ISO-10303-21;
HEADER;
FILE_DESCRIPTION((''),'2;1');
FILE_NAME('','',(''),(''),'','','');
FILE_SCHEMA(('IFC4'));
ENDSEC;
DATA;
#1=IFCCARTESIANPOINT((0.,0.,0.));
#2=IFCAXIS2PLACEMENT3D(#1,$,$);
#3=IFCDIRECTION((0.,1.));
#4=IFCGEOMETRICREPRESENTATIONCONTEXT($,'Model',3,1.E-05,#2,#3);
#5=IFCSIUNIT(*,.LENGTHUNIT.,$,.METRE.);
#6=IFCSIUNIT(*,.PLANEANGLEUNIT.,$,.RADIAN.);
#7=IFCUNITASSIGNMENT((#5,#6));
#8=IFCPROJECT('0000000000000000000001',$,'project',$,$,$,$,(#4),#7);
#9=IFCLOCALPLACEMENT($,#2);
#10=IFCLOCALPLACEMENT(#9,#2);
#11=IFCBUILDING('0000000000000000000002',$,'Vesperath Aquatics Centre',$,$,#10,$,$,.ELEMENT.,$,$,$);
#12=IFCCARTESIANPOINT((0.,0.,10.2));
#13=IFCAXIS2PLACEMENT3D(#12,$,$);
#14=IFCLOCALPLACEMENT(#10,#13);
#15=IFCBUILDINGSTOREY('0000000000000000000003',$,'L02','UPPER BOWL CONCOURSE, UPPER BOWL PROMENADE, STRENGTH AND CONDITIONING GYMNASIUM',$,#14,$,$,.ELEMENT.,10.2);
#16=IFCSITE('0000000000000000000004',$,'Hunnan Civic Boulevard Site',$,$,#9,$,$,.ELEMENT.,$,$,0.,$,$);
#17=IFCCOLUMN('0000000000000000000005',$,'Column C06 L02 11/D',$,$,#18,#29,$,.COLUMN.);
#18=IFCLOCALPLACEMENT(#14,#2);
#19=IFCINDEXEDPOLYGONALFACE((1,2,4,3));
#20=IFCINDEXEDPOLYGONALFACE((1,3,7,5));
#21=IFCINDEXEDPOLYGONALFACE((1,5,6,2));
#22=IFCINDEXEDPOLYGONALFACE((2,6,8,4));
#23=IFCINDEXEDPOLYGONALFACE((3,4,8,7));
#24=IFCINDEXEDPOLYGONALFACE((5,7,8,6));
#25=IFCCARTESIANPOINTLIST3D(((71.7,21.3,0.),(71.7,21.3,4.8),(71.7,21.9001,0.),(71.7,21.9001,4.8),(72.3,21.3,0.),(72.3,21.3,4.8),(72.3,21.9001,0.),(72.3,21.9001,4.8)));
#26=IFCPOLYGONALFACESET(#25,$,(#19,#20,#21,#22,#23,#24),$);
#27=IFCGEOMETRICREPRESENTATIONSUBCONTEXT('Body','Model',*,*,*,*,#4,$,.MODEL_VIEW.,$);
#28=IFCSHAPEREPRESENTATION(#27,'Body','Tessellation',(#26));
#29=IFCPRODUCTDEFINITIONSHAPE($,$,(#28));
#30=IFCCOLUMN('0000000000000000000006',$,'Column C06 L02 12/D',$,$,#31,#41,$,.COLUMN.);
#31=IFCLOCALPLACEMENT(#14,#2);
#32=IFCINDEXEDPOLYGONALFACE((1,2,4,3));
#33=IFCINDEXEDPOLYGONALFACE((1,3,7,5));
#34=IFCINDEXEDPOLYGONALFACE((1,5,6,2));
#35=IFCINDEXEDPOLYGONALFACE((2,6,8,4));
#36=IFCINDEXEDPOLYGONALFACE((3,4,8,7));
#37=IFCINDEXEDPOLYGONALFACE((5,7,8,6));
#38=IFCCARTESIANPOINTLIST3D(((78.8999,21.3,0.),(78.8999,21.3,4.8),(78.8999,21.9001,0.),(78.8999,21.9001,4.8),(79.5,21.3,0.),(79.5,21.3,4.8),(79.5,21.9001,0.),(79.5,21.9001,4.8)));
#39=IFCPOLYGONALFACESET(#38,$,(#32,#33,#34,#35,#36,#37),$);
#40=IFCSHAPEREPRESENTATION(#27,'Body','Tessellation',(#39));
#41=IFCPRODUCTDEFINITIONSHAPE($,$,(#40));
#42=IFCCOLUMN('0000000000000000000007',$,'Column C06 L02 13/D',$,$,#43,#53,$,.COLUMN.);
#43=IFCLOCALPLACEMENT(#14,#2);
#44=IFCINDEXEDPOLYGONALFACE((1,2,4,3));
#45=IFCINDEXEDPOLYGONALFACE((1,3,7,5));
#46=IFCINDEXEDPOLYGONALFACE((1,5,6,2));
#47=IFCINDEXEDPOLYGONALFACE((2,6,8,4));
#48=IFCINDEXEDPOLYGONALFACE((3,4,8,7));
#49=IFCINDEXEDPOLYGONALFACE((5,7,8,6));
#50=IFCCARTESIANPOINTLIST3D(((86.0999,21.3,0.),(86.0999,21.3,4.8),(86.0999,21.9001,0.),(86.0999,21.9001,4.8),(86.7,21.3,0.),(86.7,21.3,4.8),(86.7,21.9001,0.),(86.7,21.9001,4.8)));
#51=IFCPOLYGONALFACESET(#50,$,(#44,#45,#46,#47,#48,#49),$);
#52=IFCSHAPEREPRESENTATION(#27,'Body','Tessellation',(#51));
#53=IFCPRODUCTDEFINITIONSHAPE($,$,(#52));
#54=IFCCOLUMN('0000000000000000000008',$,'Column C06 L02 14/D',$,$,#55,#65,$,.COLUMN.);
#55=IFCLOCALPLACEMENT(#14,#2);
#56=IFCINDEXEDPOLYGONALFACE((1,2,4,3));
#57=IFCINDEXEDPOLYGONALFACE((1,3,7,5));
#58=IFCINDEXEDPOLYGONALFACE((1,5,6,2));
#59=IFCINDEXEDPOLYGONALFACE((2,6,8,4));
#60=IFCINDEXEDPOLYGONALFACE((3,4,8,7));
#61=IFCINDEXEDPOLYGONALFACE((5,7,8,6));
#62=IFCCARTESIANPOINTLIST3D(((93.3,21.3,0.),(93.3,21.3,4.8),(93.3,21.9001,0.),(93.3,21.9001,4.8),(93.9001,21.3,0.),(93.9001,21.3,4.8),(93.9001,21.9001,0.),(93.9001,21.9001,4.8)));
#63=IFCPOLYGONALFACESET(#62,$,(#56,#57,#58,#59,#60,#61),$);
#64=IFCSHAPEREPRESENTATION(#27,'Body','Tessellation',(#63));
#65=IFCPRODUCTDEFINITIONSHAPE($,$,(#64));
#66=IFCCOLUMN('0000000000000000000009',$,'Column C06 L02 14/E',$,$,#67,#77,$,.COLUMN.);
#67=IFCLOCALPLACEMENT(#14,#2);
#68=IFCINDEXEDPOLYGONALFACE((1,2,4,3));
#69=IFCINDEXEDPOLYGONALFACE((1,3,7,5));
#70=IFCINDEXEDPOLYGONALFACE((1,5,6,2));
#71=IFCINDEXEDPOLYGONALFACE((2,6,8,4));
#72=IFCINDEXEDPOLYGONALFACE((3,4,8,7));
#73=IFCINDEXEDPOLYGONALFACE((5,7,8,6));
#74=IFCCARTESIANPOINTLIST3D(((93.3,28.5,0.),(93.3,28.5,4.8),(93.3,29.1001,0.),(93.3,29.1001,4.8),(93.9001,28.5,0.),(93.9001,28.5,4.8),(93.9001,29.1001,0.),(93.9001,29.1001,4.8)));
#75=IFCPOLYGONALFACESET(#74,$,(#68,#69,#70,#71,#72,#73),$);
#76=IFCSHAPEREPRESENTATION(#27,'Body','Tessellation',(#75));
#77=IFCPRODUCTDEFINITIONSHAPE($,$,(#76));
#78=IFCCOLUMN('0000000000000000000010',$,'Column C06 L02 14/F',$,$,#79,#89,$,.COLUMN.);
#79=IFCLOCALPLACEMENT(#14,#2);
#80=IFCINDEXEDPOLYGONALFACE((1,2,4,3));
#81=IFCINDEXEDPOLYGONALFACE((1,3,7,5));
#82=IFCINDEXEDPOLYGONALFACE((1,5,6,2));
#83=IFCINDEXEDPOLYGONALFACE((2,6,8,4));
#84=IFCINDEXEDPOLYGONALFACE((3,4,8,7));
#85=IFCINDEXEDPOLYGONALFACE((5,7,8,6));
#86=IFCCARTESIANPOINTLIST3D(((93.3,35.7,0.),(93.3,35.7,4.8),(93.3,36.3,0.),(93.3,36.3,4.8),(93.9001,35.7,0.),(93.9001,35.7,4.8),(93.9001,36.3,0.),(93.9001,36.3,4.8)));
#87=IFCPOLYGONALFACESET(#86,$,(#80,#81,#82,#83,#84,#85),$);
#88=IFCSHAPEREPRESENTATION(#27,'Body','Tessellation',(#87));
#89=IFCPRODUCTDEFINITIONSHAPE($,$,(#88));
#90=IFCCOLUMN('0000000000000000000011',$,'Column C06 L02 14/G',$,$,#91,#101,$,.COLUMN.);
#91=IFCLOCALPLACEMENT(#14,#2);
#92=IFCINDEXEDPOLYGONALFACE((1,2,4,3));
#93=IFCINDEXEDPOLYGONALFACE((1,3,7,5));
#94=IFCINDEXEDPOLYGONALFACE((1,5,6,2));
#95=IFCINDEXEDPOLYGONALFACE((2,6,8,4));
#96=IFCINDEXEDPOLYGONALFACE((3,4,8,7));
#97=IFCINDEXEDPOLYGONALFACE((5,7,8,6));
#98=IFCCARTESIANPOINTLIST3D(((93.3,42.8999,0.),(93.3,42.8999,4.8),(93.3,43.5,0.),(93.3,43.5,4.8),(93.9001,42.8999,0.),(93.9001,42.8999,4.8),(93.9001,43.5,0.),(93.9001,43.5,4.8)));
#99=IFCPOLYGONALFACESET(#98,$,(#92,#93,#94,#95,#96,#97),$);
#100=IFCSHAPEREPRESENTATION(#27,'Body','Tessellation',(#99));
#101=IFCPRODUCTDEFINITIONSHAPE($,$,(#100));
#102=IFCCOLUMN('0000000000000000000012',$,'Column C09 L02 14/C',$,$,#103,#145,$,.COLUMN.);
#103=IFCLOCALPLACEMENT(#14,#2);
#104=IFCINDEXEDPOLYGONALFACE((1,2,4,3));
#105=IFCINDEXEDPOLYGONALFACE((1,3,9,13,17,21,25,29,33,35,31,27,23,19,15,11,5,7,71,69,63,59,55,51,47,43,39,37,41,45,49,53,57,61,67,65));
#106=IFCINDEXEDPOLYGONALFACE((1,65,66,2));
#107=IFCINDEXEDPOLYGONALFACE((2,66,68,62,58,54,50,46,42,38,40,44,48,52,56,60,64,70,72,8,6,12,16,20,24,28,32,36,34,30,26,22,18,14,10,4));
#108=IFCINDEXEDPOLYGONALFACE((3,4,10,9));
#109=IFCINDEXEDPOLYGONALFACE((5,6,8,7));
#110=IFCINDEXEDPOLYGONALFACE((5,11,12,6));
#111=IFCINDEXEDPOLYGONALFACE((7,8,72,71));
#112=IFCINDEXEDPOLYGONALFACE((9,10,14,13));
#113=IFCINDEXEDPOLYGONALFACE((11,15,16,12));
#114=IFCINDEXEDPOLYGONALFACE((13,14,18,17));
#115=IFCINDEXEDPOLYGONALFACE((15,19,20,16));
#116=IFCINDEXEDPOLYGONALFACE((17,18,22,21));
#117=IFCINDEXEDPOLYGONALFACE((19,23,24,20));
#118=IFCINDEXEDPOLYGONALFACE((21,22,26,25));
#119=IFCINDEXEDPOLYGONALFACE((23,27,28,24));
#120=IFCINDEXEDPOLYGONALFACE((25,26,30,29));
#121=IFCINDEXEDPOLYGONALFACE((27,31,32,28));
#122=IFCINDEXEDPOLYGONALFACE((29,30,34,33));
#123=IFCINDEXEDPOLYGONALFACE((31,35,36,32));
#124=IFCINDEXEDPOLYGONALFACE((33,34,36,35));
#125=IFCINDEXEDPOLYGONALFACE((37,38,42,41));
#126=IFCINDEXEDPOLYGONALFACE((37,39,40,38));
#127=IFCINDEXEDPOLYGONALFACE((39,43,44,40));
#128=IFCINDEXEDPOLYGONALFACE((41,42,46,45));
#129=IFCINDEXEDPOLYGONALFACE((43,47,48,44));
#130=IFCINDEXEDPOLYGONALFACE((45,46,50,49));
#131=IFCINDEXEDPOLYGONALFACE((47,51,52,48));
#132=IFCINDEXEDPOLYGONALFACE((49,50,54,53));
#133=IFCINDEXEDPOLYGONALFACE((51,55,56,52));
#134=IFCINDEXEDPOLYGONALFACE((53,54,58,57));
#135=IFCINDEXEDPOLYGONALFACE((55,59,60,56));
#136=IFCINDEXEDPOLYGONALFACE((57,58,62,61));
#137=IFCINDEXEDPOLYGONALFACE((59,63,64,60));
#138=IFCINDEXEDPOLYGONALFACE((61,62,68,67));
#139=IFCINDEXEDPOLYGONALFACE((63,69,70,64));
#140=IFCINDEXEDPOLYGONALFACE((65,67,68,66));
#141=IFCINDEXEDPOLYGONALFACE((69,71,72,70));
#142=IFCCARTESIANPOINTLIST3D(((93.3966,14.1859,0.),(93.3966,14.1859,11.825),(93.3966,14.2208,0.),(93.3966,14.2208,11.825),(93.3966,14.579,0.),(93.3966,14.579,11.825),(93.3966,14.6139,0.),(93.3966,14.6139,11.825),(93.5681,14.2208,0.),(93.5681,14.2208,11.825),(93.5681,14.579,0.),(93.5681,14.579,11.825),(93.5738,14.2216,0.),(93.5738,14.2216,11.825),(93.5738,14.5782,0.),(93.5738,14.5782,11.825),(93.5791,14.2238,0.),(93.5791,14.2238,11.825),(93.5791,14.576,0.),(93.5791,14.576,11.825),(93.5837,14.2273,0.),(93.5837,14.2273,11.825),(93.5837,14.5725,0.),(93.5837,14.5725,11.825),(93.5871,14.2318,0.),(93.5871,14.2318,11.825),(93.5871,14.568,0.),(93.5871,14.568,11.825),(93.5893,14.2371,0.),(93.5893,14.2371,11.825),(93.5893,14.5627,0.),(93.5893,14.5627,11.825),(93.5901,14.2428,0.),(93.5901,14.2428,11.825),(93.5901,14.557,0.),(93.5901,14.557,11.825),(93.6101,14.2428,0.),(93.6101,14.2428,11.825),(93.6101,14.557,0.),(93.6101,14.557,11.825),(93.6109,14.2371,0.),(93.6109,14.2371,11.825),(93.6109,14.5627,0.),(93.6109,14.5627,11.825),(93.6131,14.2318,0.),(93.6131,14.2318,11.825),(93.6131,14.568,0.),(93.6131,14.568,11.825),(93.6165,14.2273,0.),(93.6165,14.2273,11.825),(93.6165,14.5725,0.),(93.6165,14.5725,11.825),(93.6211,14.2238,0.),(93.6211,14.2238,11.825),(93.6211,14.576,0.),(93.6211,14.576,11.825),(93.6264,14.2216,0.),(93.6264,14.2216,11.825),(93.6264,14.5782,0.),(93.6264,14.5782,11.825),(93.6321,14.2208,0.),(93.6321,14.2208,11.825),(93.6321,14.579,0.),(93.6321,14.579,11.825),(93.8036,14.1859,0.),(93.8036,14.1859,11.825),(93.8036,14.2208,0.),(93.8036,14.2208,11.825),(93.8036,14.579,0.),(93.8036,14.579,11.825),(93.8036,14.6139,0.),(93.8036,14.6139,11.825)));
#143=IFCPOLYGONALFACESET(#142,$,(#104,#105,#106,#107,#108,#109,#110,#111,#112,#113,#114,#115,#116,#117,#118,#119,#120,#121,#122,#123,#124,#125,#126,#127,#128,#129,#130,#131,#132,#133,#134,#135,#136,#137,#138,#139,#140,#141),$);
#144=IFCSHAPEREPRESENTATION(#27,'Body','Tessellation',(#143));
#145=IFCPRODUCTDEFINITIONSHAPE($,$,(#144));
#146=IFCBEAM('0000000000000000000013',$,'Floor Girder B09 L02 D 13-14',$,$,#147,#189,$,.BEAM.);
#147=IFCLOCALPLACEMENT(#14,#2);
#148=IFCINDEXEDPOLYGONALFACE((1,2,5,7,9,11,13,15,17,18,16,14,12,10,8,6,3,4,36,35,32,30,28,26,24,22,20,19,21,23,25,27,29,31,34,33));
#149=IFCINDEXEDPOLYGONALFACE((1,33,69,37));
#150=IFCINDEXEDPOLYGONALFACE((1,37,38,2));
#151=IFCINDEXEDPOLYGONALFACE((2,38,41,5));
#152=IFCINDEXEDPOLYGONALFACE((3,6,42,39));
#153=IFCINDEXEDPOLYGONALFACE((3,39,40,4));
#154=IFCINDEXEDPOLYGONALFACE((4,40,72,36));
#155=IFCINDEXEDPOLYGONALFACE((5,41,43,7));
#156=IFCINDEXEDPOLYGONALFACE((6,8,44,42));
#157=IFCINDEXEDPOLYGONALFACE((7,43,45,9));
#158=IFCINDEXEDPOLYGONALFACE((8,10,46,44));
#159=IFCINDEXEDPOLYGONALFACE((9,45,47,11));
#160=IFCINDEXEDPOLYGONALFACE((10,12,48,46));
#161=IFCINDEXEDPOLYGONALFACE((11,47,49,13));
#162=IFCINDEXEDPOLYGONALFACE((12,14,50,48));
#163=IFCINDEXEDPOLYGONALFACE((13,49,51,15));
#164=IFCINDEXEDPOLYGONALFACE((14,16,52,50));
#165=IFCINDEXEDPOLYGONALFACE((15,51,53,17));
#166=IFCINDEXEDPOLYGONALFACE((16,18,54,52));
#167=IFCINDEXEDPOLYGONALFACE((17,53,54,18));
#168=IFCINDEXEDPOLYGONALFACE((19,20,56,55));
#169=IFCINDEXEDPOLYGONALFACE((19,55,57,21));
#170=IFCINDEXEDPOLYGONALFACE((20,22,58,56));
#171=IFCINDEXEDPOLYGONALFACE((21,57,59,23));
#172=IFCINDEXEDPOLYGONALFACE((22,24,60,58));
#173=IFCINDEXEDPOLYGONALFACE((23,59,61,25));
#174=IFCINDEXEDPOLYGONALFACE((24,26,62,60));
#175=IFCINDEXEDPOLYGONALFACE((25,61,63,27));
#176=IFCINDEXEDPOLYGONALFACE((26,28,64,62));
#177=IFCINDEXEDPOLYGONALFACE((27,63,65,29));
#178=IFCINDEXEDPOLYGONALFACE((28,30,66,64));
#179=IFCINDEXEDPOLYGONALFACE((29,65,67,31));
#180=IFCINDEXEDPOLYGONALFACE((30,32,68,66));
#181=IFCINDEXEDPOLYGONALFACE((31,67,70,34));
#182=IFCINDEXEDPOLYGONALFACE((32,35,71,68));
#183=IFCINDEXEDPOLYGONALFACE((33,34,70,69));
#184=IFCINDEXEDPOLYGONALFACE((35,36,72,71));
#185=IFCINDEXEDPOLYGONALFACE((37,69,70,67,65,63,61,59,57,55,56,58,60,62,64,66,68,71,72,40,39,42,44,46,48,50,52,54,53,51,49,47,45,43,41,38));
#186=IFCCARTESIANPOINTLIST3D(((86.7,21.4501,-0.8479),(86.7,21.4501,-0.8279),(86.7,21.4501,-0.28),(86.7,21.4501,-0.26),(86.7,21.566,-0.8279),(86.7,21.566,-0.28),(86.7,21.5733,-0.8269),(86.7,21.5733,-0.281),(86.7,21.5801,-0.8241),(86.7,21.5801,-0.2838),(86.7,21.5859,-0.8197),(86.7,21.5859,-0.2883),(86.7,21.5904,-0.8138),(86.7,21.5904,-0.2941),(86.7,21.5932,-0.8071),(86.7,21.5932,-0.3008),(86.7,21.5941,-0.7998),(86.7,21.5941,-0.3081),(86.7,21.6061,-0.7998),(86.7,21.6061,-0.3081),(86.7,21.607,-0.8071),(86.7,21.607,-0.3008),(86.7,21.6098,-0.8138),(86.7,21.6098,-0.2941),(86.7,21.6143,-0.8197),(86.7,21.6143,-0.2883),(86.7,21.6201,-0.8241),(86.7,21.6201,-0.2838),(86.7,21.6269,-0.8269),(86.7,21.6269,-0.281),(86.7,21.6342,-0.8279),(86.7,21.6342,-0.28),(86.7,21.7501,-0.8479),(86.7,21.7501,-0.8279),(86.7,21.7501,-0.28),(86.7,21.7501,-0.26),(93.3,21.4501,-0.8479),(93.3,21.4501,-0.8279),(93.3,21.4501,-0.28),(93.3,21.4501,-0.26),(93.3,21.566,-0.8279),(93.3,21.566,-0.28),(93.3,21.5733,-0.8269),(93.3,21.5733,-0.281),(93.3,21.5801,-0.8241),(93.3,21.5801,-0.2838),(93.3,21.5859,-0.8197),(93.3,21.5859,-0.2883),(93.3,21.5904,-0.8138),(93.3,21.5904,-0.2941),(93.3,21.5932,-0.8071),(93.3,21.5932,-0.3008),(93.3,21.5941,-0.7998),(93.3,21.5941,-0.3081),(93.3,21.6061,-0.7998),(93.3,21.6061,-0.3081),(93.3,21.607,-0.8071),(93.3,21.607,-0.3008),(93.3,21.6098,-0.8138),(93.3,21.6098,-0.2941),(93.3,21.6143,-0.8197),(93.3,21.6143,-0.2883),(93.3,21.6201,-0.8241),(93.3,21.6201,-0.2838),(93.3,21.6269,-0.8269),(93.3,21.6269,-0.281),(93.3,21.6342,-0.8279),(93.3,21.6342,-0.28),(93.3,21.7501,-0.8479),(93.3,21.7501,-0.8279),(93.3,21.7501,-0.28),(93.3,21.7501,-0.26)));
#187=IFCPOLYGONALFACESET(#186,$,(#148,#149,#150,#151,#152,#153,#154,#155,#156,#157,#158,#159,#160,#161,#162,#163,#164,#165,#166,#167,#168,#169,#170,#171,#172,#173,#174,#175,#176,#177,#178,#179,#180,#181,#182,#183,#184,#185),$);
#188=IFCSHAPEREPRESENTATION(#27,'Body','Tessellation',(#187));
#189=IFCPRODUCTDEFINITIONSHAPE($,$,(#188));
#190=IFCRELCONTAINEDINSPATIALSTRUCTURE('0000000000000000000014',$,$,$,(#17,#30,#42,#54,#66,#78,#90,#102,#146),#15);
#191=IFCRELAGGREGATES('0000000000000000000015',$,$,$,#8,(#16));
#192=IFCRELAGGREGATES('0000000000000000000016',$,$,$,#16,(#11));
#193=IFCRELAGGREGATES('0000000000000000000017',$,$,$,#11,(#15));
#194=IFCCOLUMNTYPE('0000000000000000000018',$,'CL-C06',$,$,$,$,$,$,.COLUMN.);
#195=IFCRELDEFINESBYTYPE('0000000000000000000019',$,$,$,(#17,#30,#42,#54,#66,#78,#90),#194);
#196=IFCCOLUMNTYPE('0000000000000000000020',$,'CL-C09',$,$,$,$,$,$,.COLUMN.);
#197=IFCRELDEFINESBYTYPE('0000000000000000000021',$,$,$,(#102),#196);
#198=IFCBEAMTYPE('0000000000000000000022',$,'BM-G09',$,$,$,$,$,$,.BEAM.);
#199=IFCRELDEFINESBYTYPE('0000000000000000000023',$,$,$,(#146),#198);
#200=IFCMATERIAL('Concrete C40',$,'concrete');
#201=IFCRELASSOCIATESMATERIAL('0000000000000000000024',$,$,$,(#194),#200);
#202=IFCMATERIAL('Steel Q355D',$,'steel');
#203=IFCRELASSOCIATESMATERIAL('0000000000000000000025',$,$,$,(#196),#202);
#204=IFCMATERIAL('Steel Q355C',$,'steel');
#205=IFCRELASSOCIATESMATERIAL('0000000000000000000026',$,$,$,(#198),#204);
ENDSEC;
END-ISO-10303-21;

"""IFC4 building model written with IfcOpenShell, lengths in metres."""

from ifc_helpers import new_model, si_unit, direction, frame, origin, origin_2d, place, context, subcontext, project, spatial, rectangle, i_section, extrude, material, material_profile, profile_set, type_object, element, save


model = new_model("IFC4")

# Units and contexts
model_context = context("Model", 3, precision=1e-05, world=origin(), true_north=direction((0.0, 1.0)))
body_context = subcontext(model_context, "Body", "Model", "MODEL_VIEW")
ifc_project = project(units=[si_unit("LENGTHUNIT", "METRE"), si_unit("PLANEANGLEUNIT", "RADIAN")], contexts=[model_context])

# Site, building, storey
site_placement = place(None, origin())
site = spatial("IfcSite", under=ifc_project, at=site_placement, Name="Hunnan Civic Boulevard Site", CompositionType="ELEMENT", RefElevation=0.0)
building_placement = place(site_placement, origin())
building = spatial("IfcBuilding", under=site, at=building_placement, Name="Vesperath Aquatics Centre", CompositionType="ELEMENT")
storey_placement = place(building_placement, frame((0.0, 0.0, 10.2)))
storey = spatial("IfcBuildingStorey", under=building, at=storey_placement, Name="L02", Description="UPPER BOWL CONCOURSE, UPPER BOWL PROMENADE, STRENGTH AND CONDITIONING GYMNASIUM", CompositionType="ELEMENT", Elevation=10.2)

# Columns
ifc_material_1 = material(Name="Concrete C40", Category="concrete")
ifc_material_profile_1 = material_profile(ifc_material_1, rectangle(XDim=0.6001, YDim=0.6001, at=origin_2d()), Name="RC 600x600")
ifc_profile_set_1 = profile_set([ifc_material_profile_1], Name="Concrete C40")
column_type_1 = type_object("IfcColumnType", Name="CL-C06", PredefinedType="COLUMN", material=ifc_profile_set_1)
for number, where, z_axis, x_axis, name in (
    (1, (72.0, 21.6001, 0.0), (0.0, 0.0, 1.0), (1.0, 0.0, 0.0), "Column C06 L02 11/D"),
    (2, (79.2, 21.6001, 0.0), (0.0, 0.0, 1.0), (1.0, 0.0, 0.0), "Column C06 L02 12/D"),
    (3, (86.3999, 21.6001, 0.0), (0.0, 0.0, 1.0), (1.0, 0.0, 0.0), "Column C06 L02 13/D"),
    (4, (93.6001, 21.6001, 0.0), (0.0, 0.0, 1.0), (1.0, 0.0, 0.0), "Column C06 L02 14/D"),
    (5, (93.6001, 28.8, 0.0), (0.0, 0.0, 1.0), (1.0, 0.0, 0.0), "Column C06 L02 14/E"),
    (6, (93.6001, 36.0, 0.0), (0.0, 0.0, 1.0), (1.0, 0.0, 0.0), "Column C06 L02 14/F"),
    (7, (93.6001, 43.2, 0.0), (0.0, 0.0, 1.0), (1.0, 0.0, 0.0), "Column C06 L02 14/G"),
):
    element("IfcColumn", number, at=place(storey_placement, frame(where, z_axis=z_axis, x_axis=x_axis)), inside=storey, type_object=column_type_1, Name=name, PredefinedType="COLUMN", context=body_context, shape_type="SweptSolid", body=[
        extrude(rectangle(XDim=0.6001, YDim=0.6001, at=origin_2d()), origin(), (0.0, 0.0, 1.0), 4.8),
    ])
ifc_material_2 = material(Name="Steel Q355D", Category="steel")
ifc_material_profile_2 = material_profile(ifc_material_2, i_section(OverallWidth=0.407, OverallDepth=0.428, WebThickness=0.02, FlangeThickness=0.0349, FilletRadius=0.022, at=origin_2d()), Name="HW 428x407x20x35")
ifc_profile_set_2 = profile_set([ifc_material_profile_2], Name="Steel Q355D")
column_type_2 = type_object("IfcColumnType", Name="CL-C09", PredefinedType="COLUMN", material=ifc_profile_set_2)
column_placement = place(storey_placement, frame((93.6001, 14.3999, 0.0), z_axis=(0.0, 0.0, 1.0), x_axis=(1.0, 0.0, 0.0)))
element("IfcColumn", 8, at=column_placement, inside=storey, type_object=column_type_2, Name="Column C09 L02 14/C", PredefinedType="COLUMN", context=body_context, shape_type="SweptSolid", body=[
    extrude(i_section(OverallWidth=0.407, OverallDepth=0.428, WebThickness=0.02, FlangeThickness=0.0349, FilletRadius=0.022, at=origin_2d()), origin(), (0.0, 0.0, 1.0), 11.825),
])

# Beam
ifc_material_3 = material(Name="Steel Q355C", Category="steel")
ifc_material_profile_3 = material_profile(ifc_material_3, i_section(OverallWidth=0.3, OverallDepth=0.5879, WebThickness=0.012, FlangeThickness=0.02, FilletRadius=0.0281, at=origin_2d()), Name="HM 588x300x12x20")
ifc_profile_set_3 = profile_set([ifc_material_profile_3], Name="Steel Q355C")
beam_type_1 = type_object("IfcBeamType", Name="BM-G09", PredefinedType="BEAM", material=ifc_profile_set_3)
for number, where, z_axis, x_axis, name in (
    (9, (86.7, 21.6001, -0.554), (1.0, 0.0, 0.0), (0.0, 1.0, 0.0), "Floor Girder B09 L02 D 13-14"),
):
    element("IfcBeam", number, at=place(storey_placement, frame(where, z_axis=z_axis, x_axis=x_axis)), inside=storey, type_object=beam_type_1, Name=name, PredefinedType="BEAM", context=body_context, shape_type="SweptSolid", body=[
        extrude(i_section(OverallWidth=0.3, OverallDepth=0.5879, WebThickness=0.012, FlangeThickness=0.02, FilletRadius=0.0281, at=origin_2d()), origin(), (0.0, 0.0, 1.0), 6.6001),
    ])

save(model, "model.ifc")
